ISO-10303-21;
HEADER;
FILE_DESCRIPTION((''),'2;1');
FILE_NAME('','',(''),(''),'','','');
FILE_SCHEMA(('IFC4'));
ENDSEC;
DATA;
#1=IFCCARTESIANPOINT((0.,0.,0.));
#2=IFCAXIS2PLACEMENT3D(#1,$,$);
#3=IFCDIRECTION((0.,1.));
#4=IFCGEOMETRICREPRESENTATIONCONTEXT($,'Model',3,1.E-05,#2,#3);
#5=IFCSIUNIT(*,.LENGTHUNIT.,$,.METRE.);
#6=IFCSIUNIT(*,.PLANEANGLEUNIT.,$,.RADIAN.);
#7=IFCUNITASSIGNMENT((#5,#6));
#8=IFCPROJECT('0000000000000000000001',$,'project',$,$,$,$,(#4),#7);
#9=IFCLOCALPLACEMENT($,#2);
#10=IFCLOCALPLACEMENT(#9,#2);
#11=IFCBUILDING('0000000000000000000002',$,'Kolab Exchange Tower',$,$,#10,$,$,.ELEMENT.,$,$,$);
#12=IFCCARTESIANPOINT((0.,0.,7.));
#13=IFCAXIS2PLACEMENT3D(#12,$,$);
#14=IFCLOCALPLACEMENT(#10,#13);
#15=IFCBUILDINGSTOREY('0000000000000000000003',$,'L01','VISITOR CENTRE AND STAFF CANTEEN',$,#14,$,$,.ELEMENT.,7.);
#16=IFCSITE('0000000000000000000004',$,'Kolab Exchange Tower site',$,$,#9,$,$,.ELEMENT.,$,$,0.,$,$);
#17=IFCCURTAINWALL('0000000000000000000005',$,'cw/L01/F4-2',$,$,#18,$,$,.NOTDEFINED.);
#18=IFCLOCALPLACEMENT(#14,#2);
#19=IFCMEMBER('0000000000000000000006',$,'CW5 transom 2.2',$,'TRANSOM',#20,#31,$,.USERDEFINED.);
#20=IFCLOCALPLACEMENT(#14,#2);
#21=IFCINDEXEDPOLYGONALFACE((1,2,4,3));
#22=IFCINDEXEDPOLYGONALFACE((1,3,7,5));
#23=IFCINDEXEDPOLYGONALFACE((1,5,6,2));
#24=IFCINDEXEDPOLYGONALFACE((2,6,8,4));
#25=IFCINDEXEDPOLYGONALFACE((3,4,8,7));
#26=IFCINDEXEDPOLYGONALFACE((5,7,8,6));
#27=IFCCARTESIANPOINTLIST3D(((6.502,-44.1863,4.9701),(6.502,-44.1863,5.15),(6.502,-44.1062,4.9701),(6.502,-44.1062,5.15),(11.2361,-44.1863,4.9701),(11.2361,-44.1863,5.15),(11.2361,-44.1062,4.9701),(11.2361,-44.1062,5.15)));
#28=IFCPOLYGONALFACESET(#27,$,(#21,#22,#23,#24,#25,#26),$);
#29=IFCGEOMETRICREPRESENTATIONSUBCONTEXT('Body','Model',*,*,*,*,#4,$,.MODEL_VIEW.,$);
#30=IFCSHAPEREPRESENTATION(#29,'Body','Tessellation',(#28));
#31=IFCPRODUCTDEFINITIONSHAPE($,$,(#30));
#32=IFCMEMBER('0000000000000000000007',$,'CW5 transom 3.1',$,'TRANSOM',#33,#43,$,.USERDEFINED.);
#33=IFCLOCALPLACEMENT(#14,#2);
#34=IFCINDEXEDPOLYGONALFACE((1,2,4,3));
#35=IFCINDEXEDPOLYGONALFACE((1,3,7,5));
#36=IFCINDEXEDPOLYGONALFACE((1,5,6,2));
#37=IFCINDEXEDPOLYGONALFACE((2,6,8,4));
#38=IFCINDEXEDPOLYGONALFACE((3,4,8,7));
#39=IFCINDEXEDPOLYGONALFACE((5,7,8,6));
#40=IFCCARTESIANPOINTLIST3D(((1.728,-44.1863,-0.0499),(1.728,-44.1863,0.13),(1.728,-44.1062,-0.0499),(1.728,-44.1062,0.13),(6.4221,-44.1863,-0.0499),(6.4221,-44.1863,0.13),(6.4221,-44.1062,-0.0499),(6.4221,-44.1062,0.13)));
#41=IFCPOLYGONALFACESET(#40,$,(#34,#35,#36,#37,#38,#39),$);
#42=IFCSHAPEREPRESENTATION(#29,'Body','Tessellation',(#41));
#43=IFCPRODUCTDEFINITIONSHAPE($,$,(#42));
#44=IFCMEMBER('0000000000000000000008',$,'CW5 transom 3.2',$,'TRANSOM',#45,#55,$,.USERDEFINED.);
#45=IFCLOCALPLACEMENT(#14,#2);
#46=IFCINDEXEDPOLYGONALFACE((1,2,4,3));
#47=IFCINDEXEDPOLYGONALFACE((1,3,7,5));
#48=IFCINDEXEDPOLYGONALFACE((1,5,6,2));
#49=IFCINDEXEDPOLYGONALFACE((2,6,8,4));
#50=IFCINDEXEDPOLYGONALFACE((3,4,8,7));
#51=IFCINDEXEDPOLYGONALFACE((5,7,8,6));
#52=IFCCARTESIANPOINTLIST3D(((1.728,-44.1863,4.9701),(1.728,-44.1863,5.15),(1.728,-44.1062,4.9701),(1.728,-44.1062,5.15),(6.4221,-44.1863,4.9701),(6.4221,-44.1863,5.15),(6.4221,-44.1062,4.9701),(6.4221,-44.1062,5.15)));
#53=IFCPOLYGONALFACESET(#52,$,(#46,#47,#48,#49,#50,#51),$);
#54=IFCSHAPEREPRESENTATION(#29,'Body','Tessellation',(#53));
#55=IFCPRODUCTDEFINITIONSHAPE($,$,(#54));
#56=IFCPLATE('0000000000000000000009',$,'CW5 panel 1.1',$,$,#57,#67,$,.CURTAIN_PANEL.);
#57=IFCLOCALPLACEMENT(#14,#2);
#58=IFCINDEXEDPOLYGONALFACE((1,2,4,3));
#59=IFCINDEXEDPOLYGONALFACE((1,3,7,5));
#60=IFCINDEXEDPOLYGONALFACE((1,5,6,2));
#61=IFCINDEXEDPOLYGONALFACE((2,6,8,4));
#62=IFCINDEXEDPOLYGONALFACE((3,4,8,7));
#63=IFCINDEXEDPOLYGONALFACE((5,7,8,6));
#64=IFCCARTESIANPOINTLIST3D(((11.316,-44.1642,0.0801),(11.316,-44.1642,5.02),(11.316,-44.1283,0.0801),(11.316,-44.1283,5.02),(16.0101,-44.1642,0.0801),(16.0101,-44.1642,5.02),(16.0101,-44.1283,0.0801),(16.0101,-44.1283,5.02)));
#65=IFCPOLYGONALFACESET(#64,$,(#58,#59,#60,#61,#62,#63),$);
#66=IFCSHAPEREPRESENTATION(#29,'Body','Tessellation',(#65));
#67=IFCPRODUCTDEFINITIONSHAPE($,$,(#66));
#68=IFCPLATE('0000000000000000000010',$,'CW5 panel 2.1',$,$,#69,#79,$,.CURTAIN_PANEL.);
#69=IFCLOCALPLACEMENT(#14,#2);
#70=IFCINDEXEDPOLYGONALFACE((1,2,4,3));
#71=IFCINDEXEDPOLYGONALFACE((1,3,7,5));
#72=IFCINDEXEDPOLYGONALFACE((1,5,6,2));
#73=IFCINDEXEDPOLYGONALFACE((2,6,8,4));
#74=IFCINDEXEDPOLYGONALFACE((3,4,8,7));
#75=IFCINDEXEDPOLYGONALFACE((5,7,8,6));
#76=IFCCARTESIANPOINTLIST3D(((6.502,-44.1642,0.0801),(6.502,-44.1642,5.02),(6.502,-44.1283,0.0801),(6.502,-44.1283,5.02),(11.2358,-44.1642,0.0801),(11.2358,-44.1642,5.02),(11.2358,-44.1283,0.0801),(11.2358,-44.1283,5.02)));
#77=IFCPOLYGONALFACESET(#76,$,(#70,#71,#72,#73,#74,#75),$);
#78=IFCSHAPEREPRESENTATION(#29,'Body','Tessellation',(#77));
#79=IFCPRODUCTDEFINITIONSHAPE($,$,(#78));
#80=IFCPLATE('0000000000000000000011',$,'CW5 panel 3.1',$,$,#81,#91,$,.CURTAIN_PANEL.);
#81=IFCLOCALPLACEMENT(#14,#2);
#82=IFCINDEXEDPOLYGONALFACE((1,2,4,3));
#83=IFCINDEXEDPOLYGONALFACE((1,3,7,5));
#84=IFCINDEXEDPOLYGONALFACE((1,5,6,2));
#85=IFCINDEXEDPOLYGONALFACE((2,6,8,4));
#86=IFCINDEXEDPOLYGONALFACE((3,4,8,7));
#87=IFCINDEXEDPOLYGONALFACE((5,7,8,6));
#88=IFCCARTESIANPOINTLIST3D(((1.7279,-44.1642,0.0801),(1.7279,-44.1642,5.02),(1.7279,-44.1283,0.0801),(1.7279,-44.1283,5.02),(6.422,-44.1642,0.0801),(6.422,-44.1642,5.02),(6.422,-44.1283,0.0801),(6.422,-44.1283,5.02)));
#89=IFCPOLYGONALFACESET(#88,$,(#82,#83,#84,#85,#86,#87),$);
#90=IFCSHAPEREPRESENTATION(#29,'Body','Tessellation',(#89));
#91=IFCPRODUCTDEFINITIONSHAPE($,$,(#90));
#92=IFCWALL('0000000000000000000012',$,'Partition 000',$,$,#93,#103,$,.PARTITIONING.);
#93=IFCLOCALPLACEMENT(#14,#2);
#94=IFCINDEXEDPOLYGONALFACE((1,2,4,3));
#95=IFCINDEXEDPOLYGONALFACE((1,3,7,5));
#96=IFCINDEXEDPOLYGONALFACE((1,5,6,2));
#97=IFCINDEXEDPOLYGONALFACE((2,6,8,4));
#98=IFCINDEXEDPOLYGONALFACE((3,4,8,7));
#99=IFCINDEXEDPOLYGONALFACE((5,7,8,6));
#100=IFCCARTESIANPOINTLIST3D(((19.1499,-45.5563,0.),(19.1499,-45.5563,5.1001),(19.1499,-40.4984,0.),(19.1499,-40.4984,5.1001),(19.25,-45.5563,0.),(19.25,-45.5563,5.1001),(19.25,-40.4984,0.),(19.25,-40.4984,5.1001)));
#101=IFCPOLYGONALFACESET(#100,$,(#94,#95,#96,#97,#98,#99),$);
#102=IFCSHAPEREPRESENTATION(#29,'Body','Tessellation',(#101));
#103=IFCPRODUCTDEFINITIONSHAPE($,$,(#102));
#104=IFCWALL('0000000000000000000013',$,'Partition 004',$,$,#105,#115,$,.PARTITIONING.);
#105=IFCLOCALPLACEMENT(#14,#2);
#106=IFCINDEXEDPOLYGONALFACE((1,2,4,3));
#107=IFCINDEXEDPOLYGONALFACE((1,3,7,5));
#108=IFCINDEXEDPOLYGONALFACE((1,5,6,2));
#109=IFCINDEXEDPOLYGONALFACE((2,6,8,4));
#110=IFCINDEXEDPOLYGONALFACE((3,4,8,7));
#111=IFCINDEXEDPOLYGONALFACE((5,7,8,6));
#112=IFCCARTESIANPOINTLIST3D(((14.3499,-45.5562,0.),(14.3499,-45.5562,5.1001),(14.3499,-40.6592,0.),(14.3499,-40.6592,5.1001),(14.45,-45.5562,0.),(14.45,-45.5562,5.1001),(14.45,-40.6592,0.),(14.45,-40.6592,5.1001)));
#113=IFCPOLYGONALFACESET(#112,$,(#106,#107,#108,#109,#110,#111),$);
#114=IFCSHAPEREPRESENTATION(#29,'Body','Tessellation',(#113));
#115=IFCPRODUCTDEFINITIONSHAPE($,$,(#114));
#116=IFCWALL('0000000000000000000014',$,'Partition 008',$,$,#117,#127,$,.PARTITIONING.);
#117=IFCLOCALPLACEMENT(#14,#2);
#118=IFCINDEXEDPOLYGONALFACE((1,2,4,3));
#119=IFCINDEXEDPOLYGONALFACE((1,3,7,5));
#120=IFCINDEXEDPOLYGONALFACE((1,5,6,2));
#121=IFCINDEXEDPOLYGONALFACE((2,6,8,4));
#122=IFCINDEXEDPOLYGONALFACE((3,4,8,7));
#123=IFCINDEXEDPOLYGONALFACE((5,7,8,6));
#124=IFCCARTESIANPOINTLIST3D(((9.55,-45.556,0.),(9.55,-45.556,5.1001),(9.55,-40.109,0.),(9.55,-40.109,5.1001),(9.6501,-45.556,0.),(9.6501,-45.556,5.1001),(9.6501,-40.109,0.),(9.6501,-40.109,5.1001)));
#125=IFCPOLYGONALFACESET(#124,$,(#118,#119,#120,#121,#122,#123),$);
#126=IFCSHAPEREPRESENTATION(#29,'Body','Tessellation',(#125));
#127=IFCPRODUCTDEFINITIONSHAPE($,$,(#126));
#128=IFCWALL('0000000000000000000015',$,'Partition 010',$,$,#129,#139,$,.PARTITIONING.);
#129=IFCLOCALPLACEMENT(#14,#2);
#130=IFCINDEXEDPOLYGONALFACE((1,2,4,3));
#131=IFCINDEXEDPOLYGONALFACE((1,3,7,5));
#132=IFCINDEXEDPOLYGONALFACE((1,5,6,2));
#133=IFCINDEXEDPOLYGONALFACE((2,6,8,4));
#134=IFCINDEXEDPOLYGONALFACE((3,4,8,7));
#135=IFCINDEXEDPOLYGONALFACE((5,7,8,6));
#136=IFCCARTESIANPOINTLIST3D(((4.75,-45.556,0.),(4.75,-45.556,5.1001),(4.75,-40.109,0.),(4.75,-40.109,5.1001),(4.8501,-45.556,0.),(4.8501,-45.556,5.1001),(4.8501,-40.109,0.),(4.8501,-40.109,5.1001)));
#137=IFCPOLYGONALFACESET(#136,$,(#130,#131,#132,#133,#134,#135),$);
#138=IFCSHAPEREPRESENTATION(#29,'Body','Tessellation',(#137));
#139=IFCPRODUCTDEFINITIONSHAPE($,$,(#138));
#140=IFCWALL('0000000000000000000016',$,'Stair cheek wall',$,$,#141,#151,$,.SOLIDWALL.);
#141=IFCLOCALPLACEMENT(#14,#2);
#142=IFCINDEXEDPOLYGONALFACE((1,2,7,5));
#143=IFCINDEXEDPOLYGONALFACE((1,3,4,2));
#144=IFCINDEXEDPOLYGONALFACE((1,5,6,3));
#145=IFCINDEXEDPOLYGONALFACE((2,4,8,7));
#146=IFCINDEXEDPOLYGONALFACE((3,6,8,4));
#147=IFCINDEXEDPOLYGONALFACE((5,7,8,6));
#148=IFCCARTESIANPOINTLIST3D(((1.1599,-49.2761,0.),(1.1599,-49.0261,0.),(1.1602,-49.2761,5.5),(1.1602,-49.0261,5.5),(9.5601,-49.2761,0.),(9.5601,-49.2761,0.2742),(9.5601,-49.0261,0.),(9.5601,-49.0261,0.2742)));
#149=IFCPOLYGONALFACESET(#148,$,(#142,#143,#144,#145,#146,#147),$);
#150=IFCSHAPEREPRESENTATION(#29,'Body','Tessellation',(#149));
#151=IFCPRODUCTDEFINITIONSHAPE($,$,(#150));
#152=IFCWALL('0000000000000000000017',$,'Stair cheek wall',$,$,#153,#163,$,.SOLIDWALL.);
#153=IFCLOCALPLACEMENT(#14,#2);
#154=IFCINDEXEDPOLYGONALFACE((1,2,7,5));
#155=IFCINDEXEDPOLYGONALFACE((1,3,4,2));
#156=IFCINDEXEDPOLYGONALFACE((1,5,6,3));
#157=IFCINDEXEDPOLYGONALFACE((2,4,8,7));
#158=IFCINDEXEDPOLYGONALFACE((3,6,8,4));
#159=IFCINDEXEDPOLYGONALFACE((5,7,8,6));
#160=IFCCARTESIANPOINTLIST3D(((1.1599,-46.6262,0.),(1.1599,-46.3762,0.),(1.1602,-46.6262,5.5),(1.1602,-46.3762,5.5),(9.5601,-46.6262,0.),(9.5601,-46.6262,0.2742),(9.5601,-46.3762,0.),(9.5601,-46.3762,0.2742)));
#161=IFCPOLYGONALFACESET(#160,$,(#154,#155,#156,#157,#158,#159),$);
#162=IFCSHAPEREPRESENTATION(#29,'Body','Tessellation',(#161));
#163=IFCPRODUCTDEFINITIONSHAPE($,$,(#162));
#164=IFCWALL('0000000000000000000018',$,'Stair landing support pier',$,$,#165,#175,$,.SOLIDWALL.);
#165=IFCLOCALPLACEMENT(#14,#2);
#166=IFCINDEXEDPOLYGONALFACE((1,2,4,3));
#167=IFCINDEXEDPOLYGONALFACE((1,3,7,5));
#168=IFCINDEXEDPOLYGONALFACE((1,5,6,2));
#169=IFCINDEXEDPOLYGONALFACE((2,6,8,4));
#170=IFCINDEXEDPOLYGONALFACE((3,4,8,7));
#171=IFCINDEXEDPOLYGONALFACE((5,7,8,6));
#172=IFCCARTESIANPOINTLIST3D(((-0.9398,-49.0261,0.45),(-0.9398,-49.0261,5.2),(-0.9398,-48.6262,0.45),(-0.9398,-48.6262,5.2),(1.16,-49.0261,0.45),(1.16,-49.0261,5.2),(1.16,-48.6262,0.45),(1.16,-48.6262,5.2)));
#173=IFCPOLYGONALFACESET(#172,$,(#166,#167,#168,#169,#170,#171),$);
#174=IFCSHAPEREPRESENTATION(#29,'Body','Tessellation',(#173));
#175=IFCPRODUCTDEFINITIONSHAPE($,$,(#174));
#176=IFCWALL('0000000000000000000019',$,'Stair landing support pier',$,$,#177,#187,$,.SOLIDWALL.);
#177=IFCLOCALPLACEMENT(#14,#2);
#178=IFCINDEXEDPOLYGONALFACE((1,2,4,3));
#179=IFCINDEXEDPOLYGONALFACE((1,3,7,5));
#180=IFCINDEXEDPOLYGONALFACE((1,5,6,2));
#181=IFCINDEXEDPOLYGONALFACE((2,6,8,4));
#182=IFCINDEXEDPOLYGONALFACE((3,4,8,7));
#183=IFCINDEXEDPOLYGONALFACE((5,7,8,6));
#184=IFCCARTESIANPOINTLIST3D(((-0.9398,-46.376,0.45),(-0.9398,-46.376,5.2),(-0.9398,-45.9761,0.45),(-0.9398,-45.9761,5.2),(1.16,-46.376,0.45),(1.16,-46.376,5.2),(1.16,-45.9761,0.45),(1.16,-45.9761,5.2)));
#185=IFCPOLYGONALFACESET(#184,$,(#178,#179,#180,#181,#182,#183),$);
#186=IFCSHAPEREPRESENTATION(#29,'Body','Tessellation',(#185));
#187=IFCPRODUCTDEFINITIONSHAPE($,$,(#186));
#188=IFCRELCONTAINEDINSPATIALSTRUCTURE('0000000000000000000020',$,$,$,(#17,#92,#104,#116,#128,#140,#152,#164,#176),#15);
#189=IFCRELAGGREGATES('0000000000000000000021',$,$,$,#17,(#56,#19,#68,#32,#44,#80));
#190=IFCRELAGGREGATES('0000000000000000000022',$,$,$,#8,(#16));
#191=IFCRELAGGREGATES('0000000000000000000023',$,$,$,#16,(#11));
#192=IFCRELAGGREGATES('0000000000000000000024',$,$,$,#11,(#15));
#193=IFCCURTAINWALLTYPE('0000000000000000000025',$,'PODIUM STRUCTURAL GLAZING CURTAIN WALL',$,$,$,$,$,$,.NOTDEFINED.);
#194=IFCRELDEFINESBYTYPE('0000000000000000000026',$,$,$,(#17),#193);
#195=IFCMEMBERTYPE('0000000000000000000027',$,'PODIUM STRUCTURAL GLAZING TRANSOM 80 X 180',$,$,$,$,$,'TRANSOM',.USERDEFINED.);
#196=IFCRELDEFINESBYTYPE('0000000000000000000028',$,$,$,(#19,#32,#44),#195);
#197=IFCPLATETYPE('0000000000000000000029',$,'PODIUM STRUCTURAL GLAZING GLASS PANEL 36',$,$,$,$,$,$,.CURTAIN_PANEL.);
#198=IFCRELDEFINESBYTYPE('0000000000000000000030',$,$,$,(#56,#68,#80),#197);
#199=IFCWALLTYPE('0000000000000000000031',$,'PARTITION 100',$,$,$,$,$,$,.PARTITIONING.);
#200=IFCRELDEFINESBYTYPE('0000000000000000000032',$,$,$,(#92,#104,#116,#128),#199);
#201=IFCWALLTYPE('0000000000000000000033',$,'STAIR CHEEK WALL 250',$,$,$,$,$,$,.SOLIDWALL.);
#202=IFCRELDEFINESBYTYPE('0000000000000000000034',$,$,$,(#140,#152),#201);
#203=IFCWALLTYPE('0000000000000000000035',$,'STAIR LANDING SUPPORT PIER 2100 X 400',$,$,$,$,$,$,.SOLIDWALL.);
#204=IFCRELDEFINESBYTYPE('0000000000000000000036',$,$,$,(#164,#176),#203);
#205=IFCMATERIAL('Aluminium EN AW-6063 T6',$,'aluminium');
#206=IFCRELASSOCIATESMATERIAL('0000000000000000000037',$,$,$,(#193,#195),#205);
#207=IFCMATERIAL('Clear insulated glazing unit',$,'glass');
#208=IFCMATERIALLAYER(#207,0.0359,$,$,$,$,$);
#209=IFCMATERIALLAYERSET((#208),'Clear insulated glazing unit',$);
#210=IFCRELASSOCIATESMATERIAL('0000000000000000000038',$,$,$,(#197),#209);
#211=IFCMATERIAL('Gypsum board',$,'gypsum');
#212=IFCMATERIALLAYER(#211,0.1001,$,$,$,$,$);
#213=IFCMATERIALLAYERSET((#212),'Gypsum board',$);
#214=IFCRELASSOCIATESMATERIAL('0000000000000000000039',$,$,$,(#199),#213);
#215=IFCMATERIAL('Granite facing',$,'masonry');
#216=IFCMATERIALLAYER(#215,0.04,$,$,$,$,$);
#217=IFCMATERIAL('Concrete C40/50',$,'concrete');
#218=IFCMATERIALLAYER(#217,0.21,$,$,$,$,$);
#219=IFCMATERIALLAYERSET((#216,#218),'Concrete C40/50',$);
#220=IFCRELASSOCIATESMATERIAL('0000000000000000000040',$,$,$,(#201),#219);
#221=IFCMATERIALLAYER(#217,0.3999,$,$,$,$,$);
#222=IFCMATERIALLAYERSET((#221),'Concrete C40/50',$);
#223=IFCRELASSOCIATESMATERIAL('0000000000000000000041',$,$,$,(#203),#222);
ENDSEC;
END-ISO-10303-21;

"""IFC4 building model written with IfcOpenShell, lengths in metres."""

from ifc_helpers import new_model, si_unit, direction, frame, frame_2d, origin, origin_2d, place, context, subcontext, project, spatial, polyline, rectangle, outline, extrude, material, layer, layer_set, material_profile, profile_set, type_object, element, aggregate, save


model = new_model("IFC4")

# Units and contexts
model_context = context("Model", 3, precision=1e-05, world=origin(), true_north=direction((0.0, 1.0)))
body_context = subcontext(model_context, "Body", "Model", "MODEL_VIEW")
ifc_project = project(units=[si_unit("LENGTHUNIT", "METRE"), si_unit("PLANEANGLEUNIT", "RADIAN")], contexts=[model_context])

# Site, building, storey
site_placement = place(None, origin())
site = spatial("IfcSite", under=ifc_project, at=site_placement, Name="Kolab Exchange Tower site", CompositionType="ELEMENT", RefElevation=0.0)
building_placement = place(site_placement, origin())
building = spatial("IfcBuilding", under=site, at=building_placement, Name="Kolab Exchange Tower", CompositionType="ELEMENT")
storey_placement = place(building_placement, frame((0.0, 0.0, 7.0)))
storey = spatial("IfcBuildingStorey", under=building, at=storey_placement, Name="L01", Description="VISITOR CENTRE AND STAFF CANTEEN", CompositionType="ELEMENT", Elevation=7.0)

# Curtain wall, members, plates
ifc_material_1 = material(Name="Aluminium EN AW-6063 T6", Category="aluminium")
curtain_wall_type = type_object("IfcCurtainWallType", Name="PODIUM STRUCTURAL GLAZING CURTAIN WALL", PredefinedType="NOTDEFINED", material=ifc_material_1)
curtain_wall_placement = place(storey_placement, origin())
curtain_wall = element("IfcCurtainWall", 1, at=curtain_wall_placement, inside=storey, type_object=curtain_wall_type, Name="cw/L01/F4-2", PredefinedType="NOTDEFINED")
ifc_material_profile_1 = material_profile(ifc_material_1, rectangle(XDim=0.0801, YDim=0.1799, at=origin_2d()), Name="RECT 80X180")
ifc_profile_set_1 = profile_set([ifc_material_profile_1], Name="Aluminium EN AW-6063 T6")
member_type_1 = type_object("IfcMemberType", Name="PODIUM STRUCTURAL GLAZING TRANSOM 80 X 180", ElementType="TRANSOM", PredefinedType="USERDEFINED", material=ifc_profile_set_1)
member_1_placement = place(storey_placement, frame((11.2361, -44.1462, 5.0601), z_axis=(-1.0, 0.0, 0.0), x_axis=(0.0, -1.0, 0.0)))
member_1 = element("IfcMember", 2, at=member_1_placement, type_object=member_type_1, Name="CW5 transom 2.2", ObjectType="TRANSOM", PredefinedType="USERDEFINED", context=body_context, shape_type="SweptSolid", body=[
    extrude(rectangle(XDim=0.0801, YDim=0.1799, at=origin_2d()), origin(), (0.0, 0.0, 1.0), 4.7341),
])
member_2_placement = place(storey_placement, frame((6.4221, -44.1462, 0.04), z_axis=(-1.0, 0.0, 0.0), x_axis=(0.0, -1.0, 0.0)))
member_2 = element("IfcMember", 3, at=member_2_placement, type_object=member_type_1, Name="CW5 transom 3.1", ObjectType="TRANSOM", PredefinedType="USERDEFINED", context=body_context, shape_type="SweptSolid", body=[
    extrude(rectangle(XDim=0.0801, YDim=0.1799, at=origin_2d()), origin(), (0.0, 0.0, 1.0), 4.6941),
])
member_3_placement = place(storey_placement, frame((6.4221, -44.1462, 5.0601), z_axis=(-1.0, 0.0, 0.0), x_axis=(0.0, -1.0, 0.0)))
member_3 = element("IfcMember", 4, at=member_3_placement, type_object=member_type_1, Name="CW5 transom 3.2", ObjectType="TRANSOM", PredefinedType="USERDEFINED", context=body_context, shape_type="SweptSolid", body=[
    extrude(rectangle(XDim=0.0801, YDim=0.1799, at=origin_2d()), origin(), (0.0, 0.0, 1.0), 4.6941),
])
ifc_material_2 = material(Name="Clear insulated glazing unit", Category="glass")
ifc_layer_1 = layer(ifc_material_2, 0.0359)
ifc_layer_set_1 = layer_set([ifc_layer_1], Name="Clear insulated glazing unit")
plate_type = type_object("IfcPlateType", Name="PODIUM STRUCTURAL GLAZING GLASS PANEL 36", PredefinedType="CURTAIN_PANEL", material=ifc_layer_set_1)
plate_1_placement = place(storey_placement, frame((13.6631, -44.1462, 0.0801), z_axis=(0.0, 0.0, 1.0), x_axis=(-1.0, 0.0, 0.0)))
plate_1 = element("IfcPlate", 5, at=plate_1_placement, type_object=plate_type, Name="CW5 panel 1.1", PredefinedType="CURTAIN_PANEL", context=body_context, shape_type="SweptSolid", body=[
    extrude(rectangle(XDim=4.6941, YDim=0.0359, at=origin_2d()), origin(), (0.0, 0.0, 1.0), 4.9399),
])
plate_2_placement = place(storey_placement, frame((8.8689, -44.1462, 0.0801), z_axis=(0.0, 0.0, 1.0), x_axis=(-1.0, 0.0, 0.0)))
plate_2 = element("IfcPlate", 6, at=plate_2_placement, type_object=plate_type, Name="CW5 panel 2.1", PredefinedType="CURTAIN_PANEL", context=body_context, shape_type="SweptSolid", body=[
    extrude(rectangle(XDim=4.7339, YDim=0.0359, at=origin_2d()), origin(), (0.0, 0.0, 1.0), 4.9399),
])
plate_3_placement = place(storey_placement, frame((4.075, -44.1462, 0.0801), z_axis=(0.0, 0.0, 1.0), x_axis=(-1.0, 0.0, 0.0)))
plate_3 = element("IfcPlate", 7, at=plate_3_placement, type_object=plate_type, Name="CW5 panel 3.1", PredefinedType="CURTAIN_PANEL", context=body_context, shape_type="SweptSolid", body=[
    extrude(rectangle(XDim=4.6941, YDim=0.0359, at=origin_2d()), origin(), (0.0, 0.0, 1.0), 4.9399),
])
aggregate(curtain_wall, [plate_1, member_1, plate_2, member_2, member_3, plate_3])

# Walls
ifc_material_3 = material(Name="Gypsum board", Category="gypsum")
ifc_layer_2 = layer(ifc_material_3, 0.1001)
ifc_layer_set_2 = layer_set([ifc_layer_2], Name="Gypsum board")
wall_type_1 = type_object("IfcWallType", Name="PARTITION 100", PredefinedType="PARTITIONING", material=ifc_layer_set_2)
wall_1_placement = place(storey_placement, frame((19.2, -45.5562, 0.0), z_axis=(0.0, 0.0, 1.0), x_axis=(0.0, 1.0, 0.0)))
element("IfcWall", 8, at=wall_1_placement, inside=storey, type_object=wall_type_1, Name="Partition 000", PredefinedType="PARTITIONING", context=body_context, shape_type="SweptSolid", body=[
    extrude(rectangle(XDim=5.0579, YDim=0.1001, at=frame_2d((2.5288, 0.0))), origin(), (0.0, 0.0, 1.0), 5.1001),
])
wall_2_placement = place(storey_placement, frame((14.3999, -45.5562, 0.0), z_axis=(0.0, 0.0, 1.0), x_axis=(0.0, 1.0, 0.0)))
element("IfcWall", 9, at=wall_2_placement, inside=storey, type_object=wall_type_1, Name="Partition 004", PredefinedType="PARTITIONING", context=body_context, shape_type="SweptSolid", body=[
    extrude(rectangle(XDim=4.897, YDim=0.1001, at=frame_2d((2.4485, 0.0))), origin(), (0.0, 0.0, 1.0), 5.1001),
])
for number, where, z_axis, x_axis, name in (
    (10, (9.6001, -45.5562, 0.0), (0.0, 0.0, 1.0), (0.0, 1.0, 0.0), "Partition 008"),
    (11, (4.8, -45.5562, 0.0), (0.0, 0.0, 1.0), (0.0, 1.0, 0.0), "Partition 010"),
):
    element("IfcWall", number, at=place(storey_placement, frame(where, z_axis=z_axis, x_axis=x_axis)), inside=storey, type_object=wall_type_1, Name=name, PredefinedType="PARTITIONING", context=body_context, shape_type="SweptSolid", body=[
        extrude(rectangle(XDim=5.447, YDim=0.1001, at=frame_2d((2.7236, 0.0))), origin(), (0.0, 0.0, 1.0), 5.1001),
    ])
ifc_material_4 = material(Name="Granite facing", Category="masonry")
ifc_layer_3 = layer(ifc_material_4, 0.04)
ifc_material_5 = material(Name="Concrete C40/50", Category="concrete")
ifc_layer_4 = layer(ifc_material_5, 0.21)
ifc_layer_set_3 = layer_set([ifc_layer_3, ifc_layer_4], Name="Concrete C40/50")
wall_type_2 = type_object("IfcWallType", Name="STAIR CHEEK WALL 250", PredefinedType="SOLIDWALL", material=ifc_layer_set_3)
for number, where, z_axis, x_axis, name in (
    (12, (9.5601, -49.1511, 0.0), (0.0, 0.0, 1.0), (-1.0, 0.0, 0.0), "Stair cheek wall"),
    (13, (9.5601, -46.5012, 0.0), (0.0, 0.0, 1.0), (-1.0, 0.0, 0.0), "Stair cheek wall"),
):
    element("IfcWall", number, at=place(storey_placement, frame(where, z_axis=z_axis, x_axis=x_axis)), inside=storey, type_object=wall_type_2, Name=name, PredefinedType="SOLIDWALL", context=body_context, shape_type="SweptSolid", body=[
        extrude(outline(polyline([(0.0, 0.0), (8.4001, 0.0), (8.3999, 5.5), (0.0, 0.2742), (0.0, 0.0)])), frame((0.0, 0.125, 0.0), z_axis=(0.0, -1.0, 0.0), x_axis=(1.0, 0.0, 0.0)), (0.0, 0.0, 1.0), 0.25),
    ])
ifc_layer_5 = layer(ifc_material_5, 0.3999)
ifc_layer_set_4 = layer_set([ifc_layer_5], Name="Concrete C40/50")
wall_type_3 = type_object("IfcWallType", Name="STAIR LANDING SUPPORT PIER 2100 X 400", PredefinedType="SOLIDWALL", material=ifc_layer_set_4)
for number, where, z_axis, x_axis, name in (
    (14, (1.1599, -48.8262, 0.45), (0.0, 0.0, 1.0), (-1.0, 0.0, 0.0), "Stair landing support pier"),
    (15, (1.1599, -46.176, 0.45), (0.0, 0.0, 1.0), (-1.0, 0.0, 0.0), "Stair landing support pier"),
):
    element("IfcWall", number, at=place(storey_placement, frame(where, z_axis=z_axis, x_axis=x_axis)), inside=storey, type_object=wall_type_3, Name=name, PredefinedType="SOLIDWALL", context=body_context, shape_type="SweptSolid", body=[
        extrude(rectangle(XDim=2.0999, YDim=0.3999, at=frame_2d((1.0498, 0.0))), origin(), (0.0, 0.0, 1.0), 4.75),
    ])

save(model, "model.ifc")
